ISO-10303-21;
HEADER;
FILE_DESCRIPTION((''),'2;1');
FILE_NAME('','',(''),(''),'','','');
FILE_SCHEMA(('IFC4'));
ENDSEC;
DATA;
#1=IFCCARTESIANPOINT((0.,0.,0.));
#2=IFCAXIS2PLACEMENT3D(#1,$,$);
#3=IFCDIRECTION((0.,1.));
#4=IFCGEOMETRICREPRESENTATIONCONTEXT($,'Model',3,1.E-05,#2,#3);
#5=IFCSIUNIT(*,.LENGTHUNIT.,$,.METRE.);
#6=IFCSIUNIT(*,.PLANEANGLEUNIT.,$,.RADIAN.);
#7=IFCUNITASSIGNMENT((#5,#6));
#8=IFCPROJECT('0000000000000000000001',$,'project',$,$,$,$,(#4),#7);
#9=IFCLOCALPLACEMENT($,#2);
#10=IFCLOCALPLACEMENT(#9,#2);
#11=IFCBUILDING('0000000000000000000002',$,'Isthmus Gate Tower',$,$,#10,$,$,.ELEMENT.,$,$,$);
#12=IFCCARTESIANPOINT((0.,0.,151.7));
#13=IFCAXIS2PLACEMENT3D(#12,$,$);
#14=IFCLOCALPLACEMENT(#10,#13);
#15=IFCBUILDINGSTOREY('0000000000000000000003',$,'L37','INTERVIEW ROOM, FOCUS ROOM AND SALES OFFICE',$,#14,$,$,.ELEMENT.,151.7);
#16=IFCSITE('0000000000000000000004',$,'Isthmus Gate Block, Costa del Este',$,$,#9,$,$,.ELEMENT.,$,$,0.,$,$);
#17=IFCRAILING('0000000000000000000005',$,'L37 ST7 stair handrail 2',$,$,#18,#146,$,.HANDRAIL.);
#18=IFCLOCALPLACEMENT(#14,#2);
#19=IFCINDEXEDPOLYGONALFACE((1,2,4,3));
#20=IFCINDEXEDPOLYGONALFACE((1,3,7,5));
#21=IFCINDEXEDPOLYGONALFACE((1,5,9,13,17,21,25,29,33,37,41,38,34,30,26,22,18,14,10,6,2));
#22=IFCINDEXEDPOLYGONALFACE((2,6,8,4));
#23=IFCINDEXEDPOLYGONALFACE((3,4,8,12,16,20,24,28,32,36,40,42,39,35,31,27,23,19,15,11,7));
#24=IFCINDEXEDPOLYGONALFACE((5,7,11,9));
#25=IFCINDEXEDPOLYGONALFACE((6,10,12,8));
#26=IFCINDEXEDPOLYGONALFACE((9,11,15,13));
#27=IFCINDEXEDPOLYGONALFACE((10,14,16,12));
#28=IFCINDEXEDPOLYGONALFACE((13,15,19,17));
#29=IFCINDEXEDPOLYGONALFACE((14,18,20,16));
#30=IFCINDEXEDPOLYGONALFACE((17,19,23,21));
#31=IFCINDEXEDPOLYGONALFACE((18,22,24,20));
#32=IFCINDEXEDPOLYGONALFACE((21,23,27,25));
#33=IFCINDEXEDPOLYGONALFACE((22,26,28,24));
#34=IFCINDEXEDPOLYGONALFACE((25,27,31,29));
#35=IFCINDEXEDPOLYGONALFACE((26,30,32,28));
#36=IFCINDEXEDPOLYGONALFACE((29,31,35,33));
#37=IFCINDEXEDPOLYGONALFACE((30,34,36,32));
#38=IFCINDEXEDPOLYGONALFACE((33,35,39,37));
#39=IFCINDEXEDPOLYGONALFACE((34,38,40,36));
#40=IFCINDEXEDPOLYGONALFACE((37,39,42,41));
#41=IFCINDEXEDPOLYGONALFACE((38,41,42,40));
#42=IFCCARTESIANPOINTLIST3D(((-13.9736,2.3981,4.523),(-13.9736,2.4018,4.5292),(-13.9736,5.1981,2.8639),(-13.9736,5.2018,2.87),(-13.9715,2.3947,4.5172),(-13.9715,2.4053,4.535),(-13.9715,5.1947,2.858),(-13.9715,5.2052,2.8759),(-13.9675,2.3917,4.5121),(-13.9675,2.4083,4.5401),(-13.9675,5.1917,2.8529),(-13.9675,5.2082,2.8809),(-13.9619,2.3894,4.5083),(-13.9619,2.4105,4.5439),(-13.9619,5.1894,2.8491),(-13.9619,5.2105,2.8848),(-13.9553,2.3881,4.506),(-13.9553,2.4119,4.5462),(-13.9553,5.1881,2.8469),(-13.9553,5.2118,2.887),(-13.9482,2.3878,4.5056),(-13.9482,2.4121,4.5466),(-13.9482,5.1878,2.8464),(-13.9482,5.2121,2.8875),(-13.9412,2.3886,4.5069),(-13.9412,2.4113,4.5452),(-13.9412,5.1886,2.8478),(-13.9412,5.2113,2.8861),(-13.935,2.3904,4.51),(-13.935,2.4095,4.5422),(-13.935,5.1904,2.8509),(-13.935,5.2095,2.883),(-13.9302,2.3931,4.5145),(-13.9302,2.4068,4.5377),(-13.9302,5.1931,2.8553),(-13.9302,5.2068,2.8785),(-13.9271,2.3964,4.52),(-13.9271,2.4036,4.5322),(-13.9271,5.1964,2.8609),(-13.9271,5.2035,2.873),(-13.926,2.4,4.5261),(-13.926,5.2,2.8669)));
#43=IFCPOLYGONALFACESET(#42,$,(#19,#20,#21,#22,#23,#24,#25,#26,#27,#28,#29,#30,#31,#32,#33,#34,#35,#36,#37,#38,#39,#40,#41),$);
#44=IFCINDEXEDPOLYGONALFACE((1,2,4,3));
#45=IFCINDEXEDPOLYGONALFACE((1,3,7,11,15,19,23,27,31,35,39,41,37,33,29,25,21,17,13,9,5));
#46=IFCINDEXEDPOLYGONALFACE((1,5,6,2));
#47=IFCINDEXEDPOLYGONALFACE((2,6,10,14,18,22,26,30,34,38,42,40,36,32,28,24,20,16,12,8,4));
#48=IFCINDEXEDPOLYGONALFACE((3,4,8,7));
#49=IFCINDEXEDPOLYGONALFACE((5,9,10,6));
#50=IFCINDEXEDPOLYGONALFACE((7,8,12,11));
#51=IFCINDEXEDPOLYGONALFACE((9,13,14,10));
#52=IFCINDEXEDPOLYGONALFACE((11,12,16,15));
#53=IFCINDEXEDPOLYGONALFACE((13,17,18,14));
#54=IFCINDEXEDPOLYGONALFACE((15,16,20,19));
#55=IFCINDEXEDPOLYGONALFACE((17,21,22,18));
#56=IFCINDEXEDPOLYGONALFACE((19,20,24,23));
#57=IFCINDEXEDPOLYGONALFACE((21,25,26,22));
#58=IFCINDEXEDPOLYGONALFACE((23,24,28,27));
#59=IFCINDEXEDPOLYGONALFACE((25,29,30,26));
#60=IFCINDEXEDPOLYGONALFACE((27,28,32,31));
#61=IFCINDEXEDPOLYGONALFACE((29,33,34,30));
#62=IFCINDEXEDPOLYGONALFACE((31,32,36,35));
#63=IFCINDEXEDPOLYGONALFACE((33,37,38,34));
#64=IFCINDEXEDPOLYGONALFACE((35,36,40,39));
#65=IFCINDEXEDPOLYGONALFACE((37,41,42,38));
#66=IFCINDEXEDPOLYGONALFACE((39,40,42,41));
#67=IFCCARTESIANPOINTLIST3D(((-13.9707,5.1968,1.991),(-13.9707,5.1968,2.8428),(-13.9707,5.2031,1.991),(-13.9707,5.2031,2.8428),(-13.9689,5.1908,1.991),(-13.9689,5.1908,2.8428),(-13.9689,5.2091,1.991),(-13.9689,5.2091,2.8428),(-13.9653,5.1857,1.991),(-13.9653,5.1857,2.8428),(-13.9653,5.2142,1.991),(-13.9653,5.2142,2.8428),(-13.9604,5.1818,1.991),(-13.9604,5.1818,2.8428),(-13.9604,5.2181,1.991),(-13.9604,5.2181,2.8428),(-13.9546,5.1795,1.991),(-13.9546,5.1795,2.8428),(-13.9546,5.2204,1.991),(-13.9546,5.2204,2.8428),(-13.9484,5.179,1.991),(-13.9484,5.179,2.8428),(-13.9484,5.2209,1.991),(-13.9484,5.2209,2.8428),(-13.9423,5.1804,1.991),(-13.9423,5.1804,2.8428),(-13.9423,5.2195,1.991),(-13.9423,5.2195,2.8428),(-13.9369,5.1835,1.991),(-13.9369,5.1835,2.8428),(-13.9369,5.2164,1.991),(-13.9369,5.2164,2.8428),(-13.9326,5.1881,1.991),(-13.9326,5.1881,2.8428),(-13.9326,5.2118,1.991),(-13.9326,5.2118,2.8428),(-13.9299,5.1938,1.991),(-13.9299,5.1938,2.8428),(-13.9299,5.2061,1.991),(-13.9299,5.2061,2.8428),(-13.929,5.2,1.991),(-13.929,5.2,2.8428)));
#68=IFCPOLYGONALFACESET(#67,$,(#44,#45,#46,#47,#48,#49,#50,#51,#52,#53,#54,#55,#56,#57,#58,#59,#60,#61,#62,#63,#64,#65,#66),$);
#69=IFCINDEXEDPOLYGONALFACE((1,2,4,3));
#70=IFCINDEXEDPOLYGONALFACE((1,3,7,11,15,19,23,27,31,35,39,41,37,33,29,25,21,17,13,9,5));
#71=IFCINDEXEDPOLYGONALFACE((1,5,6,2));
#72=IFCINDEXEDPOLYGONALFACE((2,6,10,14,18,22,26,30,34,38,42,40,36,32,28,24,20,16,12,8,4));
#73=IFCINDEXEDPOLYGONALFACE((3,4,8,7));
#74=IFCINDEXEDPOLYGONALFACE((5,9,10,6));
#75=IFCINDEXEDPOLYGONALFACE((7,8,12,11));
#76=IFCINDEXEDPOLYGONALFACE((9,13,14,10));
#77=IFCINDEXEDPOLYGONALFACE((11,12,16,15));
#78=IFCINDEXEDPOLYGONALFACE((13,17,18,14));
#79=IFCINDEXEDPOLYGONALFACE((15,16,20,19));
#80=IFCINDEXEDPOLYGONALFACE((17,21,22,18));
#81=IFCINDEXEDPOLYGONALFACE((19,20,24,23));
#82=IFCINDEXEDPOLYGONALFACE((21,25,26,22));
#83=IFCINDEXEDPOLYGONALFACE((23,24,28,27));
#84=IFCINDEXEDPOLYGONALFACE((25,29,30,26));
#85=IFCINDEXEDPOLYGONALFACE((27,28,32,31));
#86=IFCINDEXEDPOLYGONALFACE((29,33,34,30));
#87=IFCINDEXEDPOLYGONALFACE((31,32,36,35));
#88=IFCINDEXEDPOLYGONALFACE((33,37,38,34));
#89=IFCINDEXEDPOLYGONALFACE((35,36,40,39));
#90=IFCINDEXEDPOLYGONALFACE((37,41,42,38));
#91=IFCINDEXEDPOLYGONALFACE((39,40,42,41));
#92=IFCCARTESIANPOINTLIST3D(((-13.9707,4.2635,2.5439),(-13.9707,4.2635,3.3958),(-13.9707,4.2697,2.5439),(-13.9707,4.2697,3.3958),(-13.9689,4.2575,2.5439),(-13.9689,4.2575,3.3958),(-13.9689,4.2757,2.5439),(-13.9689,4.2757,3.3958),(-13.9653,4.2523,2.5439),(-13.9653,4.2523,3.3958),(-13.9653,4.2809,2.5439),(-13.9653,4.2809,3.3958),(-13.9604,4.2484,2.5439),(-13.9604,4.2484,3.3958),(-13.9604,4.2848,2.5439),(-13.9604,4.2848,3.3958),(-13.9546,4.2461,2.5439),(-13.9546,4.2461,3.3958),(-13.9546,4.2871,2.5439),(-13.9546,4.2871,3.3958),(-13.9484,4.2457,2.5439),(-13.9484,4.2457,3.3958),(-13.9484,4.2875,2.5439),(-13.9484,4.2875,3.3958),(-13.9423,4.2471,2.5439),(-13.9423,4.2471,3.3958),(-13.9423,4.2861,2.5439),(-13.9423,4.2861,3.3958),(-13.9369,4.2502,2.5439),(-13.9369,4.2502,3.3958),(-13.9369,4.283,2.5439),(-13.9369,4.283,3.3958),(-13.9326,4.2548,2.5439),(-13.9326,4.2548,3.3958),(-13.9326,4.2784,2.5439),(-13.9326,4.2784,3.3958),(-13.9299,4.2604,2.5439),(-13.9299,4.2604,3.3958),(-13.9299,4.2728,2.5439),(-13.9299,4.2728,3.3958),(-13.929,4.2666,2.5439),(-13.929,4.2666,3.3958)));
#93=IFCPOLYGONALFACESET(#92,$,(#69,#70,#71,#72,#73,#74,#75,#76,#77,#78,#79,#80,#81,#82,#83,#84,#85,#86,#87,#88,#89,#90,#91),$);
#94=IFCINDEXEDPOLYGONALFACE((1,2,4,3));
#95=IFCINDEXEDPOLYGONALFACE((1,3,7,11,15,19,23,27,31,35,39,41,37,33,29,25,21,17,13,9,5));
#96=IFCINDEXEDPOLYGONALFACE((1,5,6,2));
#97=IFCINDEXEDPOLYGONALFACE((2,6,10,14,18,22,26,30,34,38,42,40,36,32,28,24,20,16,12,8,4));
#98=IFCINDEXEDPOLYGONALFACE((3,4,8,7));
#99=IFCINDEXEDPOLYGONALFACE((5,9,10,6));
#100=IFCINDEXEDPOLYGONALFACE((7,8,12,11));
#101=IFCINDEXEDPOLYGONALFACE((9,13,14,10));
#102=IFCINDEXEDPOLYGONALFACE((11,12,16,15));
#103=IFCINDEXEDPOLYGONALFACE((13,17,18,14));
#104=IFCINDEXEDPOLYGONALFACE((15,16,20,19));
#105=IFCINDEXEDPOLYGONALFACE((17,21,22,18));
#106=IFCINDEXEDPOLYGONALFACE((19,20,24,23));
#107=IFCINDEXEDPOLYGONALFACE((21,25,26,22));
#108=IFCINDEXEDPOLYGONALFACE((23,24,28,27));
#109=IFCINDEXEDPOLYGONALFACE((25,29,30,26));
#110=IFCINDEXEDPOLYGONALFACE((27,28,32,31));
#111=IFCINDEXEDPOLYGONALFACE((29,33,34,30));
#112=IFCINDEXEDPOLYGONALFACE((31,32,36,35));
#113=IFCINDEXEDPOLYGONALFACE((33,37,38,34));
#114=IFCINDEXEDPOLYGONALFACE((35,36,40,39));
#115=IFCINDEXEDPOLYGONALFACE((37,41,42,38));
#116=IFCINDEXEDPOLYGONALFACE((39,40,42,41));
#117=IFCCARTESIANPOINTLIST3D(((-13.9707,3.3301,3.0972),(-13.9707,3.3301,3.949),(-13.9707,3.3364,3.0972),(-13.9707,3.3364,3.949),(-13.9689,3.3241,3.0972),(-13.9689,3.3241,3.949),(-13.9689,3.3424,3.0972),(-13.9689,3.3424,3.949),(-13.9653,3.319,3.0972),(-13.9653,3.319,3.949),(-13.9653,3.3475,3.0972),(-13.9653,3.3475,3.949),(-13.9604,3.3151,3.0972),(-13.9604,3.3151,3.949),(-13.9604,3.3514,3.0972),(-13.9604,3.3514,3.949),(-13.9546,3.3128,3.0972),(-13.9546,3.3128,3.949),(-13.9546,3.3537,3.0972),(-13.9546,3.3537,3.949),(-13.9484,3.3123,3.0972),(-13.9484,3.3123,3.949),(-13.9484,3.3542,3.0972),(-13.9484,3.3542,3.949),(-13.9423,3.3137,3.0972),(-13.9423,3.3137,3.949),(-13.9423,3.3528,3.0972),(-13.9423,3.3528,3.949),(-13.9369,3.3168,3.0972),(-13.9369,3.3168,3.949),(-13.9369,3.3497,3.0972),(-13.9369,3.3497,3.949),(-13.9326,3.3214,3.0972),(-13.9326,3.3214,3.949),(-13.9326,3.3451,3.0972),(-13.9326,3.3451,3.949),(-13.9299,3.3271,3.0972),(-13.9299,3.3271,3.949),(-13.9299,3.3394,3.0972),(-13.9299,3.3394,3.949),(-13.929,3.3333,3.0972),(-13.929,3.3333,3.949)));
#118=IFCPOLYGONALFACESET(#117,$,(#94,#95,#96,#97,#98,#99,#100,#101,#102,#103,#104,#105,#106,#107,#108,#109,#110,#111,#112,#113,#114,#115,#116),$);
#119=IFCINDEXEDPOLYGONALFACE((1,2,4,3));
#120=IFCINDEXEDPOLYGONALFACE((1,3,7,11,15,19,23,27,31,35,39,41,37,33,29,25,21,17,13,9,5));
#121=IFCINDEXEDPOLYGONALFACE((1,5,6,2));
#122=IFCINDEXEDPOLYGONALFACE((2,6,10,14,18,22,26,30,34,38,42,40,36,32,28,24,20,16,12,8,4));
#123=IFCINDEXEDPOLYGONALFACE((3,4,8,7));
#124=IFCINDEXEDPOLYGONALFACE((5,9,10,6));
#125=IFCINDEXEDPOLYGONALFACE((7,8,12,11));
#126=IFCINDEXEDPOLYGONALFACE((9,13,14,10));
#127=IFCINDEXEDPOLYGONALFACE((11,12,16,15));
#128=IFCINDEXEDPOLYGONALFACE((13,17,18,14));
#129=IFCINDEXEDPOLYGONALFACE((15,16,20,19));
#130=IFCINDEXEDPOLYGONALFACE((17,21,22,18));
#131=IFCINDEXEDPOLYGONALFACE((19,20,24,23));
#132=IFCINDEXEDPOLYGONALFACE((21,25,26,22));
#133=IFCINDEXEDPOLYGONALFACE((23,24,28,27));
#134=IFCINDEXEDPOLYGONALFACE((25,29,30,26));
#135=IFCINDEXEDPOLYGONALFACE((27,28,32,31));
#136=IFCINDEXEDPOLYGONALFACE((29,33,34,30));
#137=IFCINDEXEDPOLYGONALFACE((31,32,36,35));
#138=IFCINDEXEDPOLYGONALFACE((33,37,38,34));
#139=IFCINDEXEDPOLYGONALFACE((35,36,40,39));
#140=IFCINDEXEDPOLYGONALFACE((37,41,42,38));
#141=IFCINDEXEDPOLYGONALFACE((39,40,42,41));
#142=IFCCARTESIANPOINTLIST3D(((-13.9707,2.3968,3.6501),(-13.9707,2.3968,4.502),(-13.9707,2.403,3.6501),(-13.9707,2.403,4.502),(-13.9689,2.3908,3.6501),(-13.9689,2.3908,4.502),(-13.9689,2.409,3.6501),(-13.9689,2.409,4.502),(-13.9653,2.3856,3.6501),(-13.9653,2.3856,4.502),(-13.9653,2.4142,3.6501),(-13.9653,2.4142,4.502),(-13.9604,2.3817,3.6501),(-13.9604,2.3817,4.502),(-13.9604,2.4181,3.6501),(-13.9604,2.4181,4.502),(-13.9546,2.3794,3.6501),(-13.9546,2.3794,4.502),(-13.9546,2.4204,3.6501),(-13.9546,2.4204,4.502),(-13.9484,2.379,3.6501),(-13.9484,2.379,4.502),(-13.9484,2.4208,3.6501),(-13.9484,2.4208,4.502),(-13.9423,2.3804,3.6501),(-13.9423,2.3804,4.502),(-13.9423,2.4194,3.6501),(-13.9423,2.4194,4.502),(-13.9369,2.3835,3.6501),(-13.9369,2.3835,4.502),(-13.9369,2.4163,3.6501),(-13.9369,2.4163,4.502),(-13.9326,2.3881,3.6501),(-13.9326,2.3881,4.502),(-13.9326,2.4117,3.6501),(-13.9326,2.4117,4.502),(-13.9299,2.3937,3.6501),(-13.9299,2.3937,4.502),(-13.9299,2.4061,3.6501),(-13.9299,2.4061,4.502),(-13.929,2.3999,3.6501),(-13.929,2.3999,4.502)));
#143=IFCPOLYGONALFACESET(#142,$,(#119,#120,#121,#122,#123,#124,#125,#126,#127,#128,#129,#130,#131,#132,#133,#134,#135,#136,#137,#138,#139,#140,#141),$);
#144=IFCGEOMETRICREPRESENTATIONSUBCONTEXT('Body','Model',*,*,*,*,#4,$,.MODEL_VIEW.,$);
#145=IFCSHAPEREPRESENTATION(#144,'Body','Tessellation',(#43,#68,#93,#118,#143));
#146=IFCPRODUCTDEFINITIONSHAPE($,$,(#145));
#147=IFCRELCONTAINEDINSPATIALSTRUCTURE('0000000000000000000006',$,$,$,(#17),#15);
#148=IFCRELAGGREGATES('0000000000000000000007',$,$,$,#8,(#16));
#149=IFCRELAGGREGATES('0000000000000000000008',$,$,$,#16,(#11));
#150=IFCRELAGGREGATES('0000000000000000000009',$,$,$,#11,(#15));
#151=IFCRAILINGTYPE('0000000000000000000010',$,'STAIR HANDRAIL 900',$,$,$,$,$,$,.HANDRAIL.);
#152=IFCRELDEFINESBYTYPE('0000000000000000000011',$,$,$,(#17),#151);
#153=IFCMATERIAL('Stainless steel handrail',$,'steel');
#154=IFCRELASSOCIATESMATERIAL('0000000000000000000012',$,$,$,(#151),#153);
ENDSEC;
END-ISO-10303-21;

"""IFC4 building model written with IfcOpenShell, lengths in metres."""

from ifc_helpers import new_model, si_unit, direction, frame, origin, origin_2d, place, context, subcontext, project, spatial, circle, extrude, material, type_object, element, save


model = new_model("IFC4")

# Units and contexts
model_context = context("Model", 3, precision=1e-05, world=origin(), true_north=direction((0.0, 1.0)))
body_context = subcontext(model_context, "Body", "Model", "MODEL_VIEW")
ifc_project = project(units=[si_unit("LENGTHUNIT", "METRE"), si_unit("PLANEANGLEUNIT", "RADIAN")], contexts=[model_context])

# Site, building, storey
site_placement = place(None, origin())
site = spatial("IfcSite", under=ifc_project, at=site_placement, Name="Isthmus Gate Block, Costa del Este", CompositionType="ELEMENT", RefElevation=0.0)
building_placement = place(site_placement, origin())
building = spatial("IfcBuilding", under=site, at=building_placement, Name="Isthmus Gate Tower", CompositionType="ELEMENT")
storey_placement = place(building_placement, frame((0.0, 0.0, 151.7)))
storey = spatial("IfcBuildingStorey", under=building, at=storey_placement, Name="L37", Description="INTERVIEW ROOM, FOCUS ROOM AND SALES OFFICE", CompositionType="ELEMENT", Elevation=151.7)

# Railing
ifc_material_1 = material(Name="Stainless steel handrail", Category="steel")
railing_type_1 = type_object("IfcRailingType", Name="STAIR HANDRAIL 900", PredefinedType="HANDRAIL", material=ifc_material_1)
railing_1_placement = place(storey_placement, frame((-13.95, 5.2, 1.991)))
element("IfcRailing", 1, at=railing_1_placement, inside=storey, type_object=railing_type_1, Name="L37 ST7 stair handrail 2", PredefinedType="HANDRAIL", context=body_context, shape_type="SweptSolid", body=[
    extrude(circle(Radius=0.0239, at=origin_2d()), frame((0.0, 0.0, 0.876), z_axis=(0.0, -0.860306, 0.509778), x_axis=(1.0, 0.0, 0.0)), (0.0, 0.0, 1.0), 3.2546),
    extrude(circle(Radius=0.021, at=origin_2d()), origin(), (0.0, 0.0, 1.0), 0.8518),
    extrude(circle(Radius=0.021, at=origin_2d()), frame((0.0, -0.9333, 0.553)), (0.0, 0.0, 1.0), 0.8518),
    extrude(circle(Radius=0.021, at=origin_2d()), frame((0.0, -1.8667, 1.1062)), (0.0, 0.0, 1.0), 0.8518),
    extrude(circle(Radius=0.021, at=origin_2d()), frame((0.0, -2.8, 1.6592)), (0.0, 0.0, 1.0), 0.8518),
])

save(model, "model.ifc")
